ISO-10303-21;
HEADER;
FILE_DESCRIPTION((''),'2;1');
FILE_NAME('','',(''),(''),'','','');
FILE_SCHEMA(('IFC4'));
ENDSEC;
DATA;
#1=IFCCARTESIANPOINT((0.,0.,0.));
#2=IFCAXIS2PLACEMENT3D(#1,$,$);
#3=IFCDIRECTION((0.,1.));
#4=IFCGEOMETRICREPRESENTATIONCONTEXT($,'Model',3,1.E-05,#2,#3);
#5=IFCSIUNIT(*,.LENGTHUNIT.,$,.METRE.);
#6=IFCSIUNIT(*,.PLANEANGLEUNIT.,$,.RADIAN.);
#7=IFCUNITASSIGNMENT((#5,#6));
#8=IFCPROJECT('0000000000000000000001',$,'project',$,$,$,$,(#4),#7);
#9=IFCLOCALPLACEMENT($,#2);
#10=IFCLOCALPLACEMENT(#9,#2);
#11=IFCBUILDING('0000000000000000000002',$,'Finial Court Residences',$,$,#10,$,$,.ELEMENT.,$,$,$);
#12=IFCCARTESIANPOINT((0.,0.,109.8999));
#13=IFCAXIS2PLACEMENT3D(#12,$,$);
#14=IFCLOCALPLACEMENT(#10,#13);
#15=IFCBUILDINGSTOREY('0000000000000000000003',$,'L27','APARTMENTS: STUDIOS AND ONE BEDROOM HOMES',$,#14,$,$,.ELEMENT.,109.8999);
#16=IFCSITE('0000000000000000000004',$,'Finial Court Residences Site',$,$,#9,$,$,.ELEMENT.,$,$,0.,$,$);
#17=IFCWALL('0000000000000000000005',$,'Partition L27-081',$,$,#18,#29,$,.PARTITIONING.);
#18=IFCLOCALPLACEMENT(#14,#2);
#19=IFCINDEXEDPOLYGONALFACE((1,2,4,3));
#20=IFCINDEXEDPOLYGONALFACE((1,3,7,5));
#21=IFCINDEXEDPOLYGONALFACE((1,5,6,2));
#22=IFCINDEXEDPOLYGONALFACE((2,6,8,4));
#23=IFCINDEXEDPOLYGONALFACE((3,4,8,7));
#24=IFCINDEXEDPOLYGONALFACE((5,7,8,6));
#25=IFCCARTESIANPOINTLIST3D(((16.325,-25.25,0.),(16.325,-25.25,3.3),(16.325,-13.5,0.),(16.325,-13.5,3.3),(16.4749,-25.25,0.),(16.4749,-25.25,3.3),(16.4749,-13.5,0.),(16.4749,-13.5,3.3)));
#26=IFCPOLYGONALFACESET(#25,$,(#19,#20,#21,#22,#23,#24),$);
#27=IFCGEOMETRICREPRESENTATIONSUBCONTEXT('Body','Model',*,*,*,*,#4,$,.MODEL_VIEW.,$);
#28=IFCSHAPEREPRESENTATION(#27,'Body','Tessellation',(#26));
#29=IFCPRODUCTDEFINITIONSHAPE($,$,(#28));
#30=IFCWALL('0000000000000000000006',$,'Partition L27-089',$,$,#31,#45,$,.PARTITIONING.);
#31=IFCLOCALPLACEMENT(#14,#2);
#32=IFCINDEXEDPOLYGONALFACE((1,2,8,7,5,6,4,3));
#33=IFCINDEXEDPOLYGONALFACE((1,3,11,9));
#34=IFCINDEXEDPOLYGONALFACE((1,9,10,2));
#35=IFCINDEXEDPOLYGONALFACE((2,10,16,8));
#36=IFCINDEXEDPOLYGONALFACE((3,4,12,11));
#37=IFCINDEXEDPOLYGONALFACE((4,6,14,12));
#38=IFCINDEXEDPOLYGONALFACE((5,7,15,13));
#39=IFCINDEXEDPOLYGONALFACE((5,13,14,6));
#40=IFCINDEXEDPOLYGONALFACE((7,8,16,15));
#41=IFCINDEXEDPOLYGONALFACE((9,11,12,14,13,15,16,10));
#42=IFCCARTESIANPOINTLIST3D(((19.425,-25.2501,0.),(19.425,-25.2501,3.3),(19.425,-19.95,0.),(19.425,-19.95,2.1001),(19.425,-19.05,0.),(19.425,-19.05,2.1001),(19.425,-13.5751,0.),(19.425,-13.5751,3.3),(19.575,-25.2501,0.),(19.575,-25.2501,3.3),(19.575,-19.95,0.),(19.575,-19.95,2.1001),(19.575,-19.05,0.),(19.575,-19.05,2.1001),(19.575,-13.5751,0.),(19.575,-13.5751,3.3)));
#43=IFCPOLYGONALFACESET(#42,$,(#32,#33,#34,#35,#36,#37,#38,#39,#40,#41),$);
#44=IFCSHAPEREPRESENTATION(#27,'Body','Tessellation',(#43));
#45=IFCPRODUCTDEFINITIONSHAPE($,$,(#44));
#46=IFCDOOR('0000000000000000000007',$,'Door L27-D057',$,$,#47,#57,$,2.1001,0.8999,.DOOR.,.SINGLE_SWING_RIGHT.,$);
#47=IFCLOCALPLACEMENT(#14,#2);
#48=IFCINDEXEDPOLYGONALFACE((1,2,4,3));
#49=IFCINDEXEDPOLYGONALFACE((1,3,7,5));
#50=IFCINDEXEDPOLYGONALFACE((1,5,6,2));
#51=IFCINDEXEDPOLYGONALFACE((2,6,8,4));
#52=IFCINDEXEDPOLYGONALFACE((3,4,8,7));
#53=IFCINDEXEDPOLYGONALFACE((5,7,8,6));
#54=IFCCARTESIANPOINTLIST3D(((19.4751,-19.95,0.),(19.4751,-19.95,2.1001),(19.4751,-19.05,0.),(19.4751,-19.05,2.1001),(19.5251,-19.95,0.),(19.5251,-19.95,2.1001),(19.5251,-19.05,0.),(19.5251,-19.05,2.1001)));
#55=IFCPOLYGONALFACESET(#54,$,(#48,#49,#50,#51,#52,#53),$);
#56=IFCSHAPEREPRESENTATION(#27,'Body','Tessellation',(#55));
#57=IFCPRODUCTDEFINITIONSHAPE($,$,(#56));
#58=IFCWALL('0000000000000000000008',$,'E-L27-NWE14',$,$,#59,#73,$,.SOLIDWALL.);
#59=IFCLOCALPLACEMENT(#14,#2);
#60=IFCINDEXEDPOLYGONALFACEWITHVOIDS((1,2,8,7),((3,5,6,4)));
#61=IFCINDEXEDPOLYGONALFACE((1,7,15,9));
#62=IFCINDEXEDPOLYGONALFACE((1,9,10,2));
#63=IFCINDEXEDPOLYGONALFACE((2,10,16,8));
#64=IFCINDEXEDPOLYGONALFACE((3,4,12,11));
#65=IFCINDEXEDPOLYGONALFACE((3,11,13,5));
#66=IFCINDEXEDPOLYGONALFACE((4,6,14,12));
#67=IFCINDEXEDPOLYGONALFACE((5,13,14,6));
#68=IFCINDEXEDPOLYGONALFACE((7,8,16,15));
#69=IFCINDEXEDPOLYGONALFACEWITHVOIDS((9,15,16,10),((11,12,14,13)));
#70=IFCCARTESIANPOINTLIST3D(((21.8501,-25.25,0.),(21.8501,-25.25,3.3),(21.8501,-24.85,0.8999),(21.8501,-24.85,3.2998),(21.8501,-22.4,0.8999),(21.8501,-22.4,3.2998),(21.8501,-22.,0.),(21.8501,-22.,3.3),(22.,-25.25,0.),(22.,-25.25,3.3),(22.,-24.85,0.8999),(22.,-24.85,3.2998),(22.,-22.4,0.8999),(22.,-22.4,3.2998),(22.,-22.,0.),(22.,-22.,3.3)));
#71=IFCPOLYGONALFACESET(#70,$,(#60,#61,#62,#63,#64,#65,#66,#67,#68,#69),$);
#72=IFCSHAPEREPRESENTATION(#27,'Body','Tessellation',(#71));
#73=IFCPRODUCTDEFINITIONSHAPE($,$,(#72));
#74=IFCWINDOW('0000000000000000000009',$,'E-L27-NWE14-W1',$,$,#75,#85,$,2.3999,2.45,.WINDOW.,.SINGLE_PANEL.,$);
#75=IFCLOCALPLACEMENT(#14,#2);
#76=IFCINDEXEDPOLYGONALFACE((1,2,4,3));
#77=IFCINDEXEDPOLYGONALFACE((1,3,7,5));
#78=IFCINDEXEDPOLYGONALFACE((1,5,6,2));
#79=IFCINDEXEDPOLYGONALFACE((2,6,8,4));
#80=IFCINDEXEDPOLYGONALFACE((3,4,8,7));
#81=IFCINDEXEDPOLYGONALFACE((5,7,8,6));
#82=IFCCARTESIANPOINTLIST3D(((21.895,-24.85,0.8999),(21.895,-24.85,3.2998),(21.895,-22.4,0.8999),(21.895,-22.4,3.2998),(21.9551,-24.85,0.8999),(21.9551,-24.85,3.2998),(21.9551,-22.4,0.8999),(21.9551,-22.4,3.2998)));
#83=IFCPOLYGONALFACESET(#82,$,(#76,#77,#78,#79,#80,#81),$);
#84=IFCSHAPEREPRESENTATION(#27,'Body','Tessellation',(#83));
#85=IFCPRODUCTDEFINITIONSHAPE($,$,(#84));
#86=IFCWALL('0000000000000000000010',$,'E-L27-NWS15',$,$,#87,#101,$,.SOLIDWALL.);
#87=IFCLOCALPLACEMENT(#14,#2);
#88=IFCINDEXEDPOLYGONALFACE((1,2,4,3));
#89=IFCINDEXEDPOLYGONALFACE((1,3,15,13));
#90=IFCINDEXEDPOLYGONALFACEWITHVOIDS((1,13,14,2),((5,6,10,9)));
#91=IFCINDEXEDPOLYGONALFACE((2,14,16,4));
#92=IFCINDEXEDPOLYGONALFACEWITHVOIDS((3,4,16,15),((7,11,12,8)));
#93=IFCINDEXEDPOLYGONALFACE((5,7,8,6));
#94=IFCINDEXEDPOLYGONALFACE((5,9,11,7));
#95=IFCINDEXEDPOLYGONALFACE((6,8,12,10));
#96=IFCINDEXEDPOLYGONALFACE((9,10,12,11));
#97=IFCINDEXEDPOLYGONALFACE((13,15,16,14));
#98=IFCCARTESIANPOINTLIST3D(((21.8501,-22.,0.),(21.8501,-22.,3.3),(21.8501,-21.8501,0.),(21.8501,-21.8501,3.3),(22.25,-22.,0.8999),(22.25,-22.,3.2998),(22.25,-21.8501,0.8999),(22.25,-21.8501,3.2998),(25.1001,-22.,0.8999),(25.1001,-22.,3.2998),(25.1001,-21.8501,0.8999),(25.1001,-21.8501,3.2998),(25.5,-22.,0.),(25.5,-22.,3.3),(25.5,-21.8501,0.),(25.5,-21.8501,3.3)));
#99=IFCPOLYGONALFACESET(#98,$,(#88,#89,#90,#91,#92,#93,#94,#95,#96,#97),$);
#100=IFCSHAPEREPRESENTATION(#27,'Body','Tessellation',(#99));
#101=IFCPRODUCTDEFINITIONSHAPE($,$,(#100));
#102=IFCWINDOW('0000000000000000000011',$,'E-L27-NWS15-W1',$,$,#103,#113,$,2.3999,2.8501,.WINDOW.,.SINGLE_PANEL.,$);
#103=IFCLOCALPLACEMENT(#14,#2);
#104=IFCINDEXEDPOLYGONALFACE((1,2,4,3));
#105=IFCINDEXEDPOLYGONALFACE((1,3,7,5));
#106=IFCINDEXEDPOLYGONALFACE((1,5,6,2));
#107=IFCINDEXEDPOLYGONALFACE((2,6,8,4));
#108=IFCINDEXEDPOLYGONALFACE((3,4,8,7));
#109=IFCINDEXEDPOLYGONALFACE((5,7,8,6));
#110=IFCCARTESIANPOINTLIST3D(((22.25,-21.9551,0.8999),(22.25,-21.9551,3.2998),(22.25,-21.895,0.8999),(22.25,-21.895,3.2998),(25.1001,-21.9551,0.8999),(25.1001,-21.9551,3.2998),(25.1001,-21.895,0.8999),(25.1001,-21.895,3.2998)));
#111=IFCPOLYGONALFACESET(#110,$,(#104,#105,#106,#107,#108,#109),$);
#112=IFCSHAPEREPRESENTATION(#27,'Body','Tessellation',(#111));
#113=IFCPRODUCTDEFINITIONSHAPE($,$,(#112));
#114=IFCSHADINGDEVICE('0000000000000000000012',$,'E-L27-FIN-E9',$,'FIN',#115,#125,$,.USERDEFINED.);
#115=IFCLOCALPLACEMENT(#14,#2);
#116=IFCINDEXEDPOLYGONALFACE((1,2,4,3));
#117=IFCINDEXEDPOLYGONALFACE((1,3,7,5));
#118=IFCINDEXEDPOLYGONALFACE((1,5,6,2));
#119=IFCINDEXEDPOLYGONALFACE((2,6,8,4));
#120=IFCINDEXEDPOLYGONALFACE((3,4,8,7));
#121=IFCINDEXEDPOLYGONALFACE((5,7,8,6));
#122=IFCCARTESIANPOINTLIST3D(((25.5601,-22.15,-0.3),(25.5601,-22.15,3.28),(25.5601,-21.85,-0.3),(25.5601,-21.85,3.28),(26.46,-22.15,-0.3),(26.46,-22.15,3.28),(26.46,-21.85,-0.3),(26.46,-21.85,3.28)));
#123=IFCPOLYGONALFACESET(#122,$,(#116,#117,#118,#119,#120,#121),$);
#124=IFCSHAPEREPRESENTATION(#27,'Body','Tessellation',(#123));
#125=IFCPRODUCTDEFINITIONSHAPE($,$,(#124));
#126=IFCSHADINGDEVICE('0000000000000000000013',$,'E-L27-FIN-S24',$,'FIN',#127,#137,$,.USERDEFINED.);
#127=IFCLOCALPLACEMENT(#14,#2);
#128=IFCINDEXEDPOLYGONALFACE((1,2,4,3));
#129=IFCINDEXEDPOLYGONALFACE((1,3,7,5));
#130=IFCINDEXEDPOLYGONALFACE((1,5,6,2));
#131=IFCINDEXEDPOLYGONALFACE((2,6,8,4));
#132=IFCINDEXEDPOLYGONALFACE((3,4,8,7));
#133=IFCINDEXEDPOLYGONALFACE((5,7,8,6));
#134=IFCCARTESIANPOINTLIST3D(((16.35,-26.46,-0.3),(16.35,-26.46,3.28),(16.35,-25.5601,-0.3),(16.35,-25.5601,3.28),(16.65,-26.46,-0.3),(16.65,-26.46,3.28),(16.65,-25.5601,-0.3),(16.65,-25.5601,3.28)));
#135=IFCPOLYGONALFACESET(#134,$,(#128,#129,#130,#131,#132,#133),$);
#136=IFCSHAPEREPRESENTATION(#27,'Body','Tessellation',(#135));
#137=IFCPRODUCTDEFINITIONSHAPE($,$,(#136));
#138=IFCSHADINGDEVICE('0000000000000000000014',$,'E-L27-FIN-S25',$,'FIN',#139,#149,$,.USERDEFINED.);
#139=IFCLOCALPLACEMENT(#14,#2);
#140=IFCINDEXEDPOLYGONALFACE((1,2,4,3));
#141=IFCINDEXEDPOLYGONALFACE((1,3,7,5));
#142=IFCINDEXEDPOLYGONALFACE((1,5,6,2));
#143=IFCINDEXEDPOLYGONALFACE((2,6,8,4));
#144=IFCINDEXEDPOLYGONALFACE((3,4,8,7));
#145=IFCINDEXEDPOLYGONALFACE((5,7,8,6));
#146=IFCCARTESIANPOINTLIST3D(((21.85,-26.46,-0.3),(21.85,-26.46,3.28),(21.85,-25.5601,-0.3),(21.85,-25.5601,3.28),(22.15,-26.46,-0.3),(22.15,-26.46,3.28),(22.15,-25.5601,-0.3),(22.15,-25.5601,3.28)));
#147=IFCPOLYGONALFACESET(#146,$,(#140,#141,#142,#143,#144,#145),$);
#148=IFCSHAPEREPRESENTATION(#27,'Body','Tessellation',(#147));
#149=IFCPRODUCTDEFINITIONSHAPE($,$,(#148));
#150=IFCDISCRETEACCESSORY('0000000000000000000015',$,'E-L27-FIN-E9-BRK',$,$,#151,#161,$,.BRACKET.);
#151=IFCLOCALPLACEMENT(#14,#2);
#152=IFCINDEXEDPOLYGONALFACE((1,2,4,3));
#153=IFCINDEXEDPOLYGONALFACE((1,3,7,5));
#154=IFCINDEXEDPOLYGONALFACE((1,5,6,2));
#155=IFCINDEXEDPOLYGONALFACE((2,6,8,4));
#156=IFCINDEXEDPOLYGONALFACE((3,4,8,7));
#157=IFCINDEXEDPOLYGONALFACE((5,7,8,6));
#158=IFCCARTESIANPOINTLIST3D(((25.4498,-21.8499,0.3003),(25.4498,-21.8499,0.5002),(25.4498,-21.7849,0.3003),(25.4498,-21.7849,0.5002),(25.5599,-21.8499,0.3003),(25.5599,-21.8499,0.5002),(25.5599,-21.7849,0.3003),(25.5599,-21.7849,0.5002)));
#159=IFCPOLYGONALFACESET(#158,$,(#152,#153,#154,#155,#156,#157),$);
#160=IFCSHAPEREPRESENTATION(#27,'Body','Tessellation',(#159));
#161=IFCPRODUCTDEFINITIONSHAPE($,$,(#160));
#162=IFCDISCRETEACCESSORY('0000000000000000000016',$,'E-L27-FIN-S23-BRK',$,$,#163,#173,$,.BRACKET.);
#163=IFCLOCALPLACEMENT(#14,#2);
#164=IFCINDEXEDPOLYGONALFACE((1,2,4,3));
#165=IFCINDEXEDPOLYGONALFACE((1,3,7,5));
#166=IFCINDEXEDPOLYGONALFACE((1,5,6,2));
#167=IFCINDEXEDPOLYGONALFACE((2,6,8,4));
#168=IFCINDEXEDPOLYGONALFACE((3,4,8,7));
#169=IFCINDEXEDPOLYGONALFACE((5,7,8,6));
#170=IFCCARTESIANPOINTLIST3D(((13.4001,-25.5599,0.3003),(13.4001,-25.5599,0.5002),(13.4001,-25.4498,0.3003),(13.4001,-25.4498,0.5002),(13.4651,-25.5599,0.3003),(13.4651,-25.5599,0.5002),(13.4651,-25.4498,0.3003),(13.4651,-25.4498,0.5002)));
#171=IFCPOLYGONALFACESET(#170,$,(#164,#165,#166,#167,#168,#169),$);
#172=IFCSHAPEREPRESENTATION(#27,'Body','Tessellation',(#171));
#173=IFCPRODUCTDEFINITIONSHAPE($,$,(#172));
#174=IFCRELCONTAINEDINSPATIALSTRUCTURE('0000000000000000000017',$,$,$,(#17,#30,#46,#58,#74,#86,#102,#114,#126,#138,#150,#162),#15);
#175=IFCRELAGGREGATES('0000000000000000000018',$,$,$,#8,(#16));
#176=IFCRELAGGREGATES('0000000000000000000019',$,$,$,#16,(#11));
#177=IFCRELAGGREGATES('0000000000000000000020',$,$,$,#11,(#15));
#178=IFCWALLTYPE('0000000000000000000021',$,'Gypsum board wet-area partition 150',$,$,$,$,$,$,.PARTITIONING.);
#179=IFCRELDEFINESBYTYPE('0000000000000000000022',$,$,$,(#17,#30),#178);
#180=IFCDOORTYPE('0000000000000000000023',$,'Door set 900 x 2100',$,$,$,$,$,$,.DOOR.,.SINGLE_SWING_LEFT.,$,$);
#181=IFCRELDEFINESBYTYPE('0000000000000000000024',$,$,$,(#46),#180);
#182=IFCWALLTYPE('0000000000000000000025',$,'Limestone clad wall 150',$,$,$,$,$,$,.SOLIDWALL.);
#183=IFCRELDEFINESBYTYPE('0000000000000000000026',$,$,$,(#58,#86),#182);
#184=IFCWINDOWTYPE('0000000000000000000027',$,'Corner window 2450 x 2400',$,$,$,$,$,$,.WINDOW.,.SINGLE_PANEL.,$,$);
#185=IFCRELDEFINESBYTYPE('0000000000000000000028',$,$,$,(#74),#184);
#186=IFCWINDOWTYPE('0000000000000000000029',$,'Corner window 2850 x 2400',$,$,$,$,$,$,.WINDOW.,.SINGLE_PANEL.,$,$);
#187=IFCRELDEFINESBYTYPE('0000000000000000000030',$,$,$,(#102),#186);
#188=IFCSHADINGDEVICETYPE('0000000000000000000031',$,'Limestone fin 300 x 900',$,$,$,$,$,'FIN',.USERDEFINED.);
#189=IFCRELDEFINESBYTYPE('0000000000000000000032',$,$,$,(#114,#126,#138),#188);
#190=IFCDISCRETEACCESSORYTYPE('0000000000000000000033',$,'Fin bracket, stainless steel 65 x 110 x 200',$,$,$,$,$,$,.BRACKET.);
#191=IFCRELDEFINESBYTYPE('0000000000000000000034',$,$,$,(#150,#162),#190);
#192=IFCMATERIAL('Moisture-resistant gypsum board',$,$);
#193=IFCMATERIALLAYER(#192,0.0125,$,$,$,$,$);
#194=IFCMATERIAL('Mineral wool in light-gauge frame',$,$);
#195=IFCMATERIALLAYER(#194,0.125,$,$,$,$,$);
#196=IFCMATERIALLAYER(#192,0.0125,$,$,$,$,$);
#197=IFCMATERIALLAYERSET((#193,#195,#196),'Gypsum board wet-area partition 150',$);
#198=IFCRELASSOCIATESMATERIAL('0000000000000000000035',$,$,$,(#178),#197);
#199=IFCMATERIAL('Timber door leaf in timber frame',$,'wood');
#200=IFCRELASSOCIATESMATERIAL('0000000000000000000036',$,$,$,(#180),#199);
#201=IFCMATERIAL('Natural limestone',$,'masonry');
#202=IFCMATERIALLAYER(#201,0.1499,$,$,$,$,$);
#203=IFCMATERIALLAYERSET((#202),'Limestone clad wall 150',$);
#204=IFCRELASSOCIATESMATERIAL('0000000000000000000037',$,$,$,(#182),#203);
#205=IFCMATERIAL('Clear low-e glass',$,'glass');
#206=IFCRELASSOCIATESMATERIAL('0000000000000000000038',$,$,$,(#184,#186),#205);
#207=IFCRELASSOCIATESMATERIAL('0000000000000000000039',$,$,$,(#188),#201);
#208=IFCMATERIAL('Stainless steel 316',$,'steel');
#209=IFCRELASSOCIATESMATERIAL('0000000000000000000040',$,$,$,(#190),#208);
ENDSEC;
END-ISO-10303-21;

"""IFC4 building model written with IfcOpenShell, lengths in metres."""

from ifc_helpers import new_model, si_unit, direction, frame, frame_2d, origin, origin_2d, place, context, subcontext, project, spatial, rectangle, extrude, material, layer, layer_set, type_object, element, fill, save


model = new_model("IFC4")

# Units and contexts
model_context = context("Model", 3, precision=1e-05, world=origin(), true_north=direction((0.0, 1.0)))
body_context = subcontext(model_context, "Body", "Model", "MODEL_VIEW")
ifc_project = project(units=[si_unit("LENGTHUNIT", "METRE"), si_unit("PLANEANGLEUNIT", "RADIAN")], contexts=[model_context])

# Site, building, storey
site_placement = place(None, origin())
site = spatial("IfcSite", under=ifc_project, at=site_placement, Name="Finial Court Residences Site", CompositionType="ELEMENT", RefElevation=0.0)
building_placement = place(site_placement, origin())
building = spatial("IfcBuilding", under=site, at=building_placement, Name="Finial Court Residences", CompositionType="ELEMENT")
storey_placement = place(building_placement, frame((0.0, 0.0, 109.8999)))
storey = spatial("IfcBuildingStorey", under=building, at=storey_placement, Name="L27", Description="APARTMENTS: STUDIOS AND ONE BEDROOM HOMES", CompositionType="ELEMENT", Elevation=109.8999)

# Shared definitions
ifc_material_1 = material(Name="Clear low-e glass", Category="glass")

# Shared definitions
ifc_material_2 = material(Name="Moisture-resistant gypsum board")
ifc_layer_1 = layer(ifc_material_2, 0.0125)
ifc_material_3 = material(Name="Mineral wool in light-gauge frame")
ifc_layer_2 = layer(ifc_material_3, 0.125)
ifc_layer_3 = layer(ifc_material_2, 0.0125)
ifc_layer_set_1 = layer_set([ifc_layer_1, ifc_layer_2, ifc_layer_3], Name="Gypsum board wet-area partition 150")
wall_type_1 = type_object("IfcWallType", Name="Gypsum board wet-area partition 150", PredefinedType="PARTITIONING", material=ifc_layer_set_1)
ifc_material_4 = material(Name="Timber door leaf in timber frame", Category="wood")
door_type = type_object("IfcDoorType", Name="Door set 900 x 2100", OperationType="SINGLE_SWING_LEFT", PredefinedType="DOOR", material=ifc_material_4)

# Wall
wall_1_placement = place(storey_placement, frame((16.3999, -25.25, 0.0), z_axis=(0.0, 0.0, 1.0), x_axis=(0.0, 1.0, 0.0)))
element("IfcWall", 1, at=wall_1_placement, inside=storey, type_object=wall_type_1, Name="Partition L27-081", PredefinedType="PARTITIONING", context=body_context, shape_type="SweptSolid", body=[
    extrude(rectangle(XDim=11.75, YDim=0.1499, at=frame_2d((5.875, 0.0))), origin(), (0.0, 0.0, 1.0), 3.3),
])

# Wall, opening, door
wall_2_placement = place(storey_placement, frame((19.5, -25.25, 0.0), z_axis=(0.0, 0.0, 1.0), x_axis=(0.0, 1.0, 0.0)))
wall_2 = element("IfcWall", 2, at=wall_2_placement, inside=storey, type_object=wall_type_1, Name="Partition L27-089", PredefinedType="PARTITIONING", context=body_context, shape_type="SweptSolid", body=[
    extrude(rectangle(XDim=11.675, YDim=0.1499, at=frame_2d((5.8374, 0.0))), origin(), (0.0, 0.0, 1.0), 3.3),
])
opening_1_placement = place(wall_2_placement, frame((5.3, 0.0, 0.0)))
opening_1 = element("IfcOpeningElement", 3, at=opening_1_placement, cuts=wall_2, PredefinedType="OPENING", context=body_context, shape_type="SweptSolid", body=[
    extrude(rectangle(XDim=0.8999, YDim=2.1001, at=frame_2d((0.45, 1.05))), frame((0.0, 0.085, 0.0), z_axis=(0.0, -1.0, 0.0), x_axis=(1.0, 0.0, 0.0)), (0.0, 0.0, 1.0), 0.1699),
])
door_1_placement = place(opening_1_placement, origin())
door_1 = element("IfcDoor", 4, at=door_1_placement, inside=storey, type_object=door_type, Name="Door L27-D057", OperationType="SINGLE_SWING_RIGHT", OverallHeight=2.1001, OverallWidth=0.8999, PredefinedType="DOOR", context=body_context, shape_type="SweptSolid", body=[
    extrude(rectangle(XDim=0.8999, YDim=2.1001, at=frame_2d((0.45, 1.05))), frame((0.0, 0.0249, 0.0), z_axis=(0.0, -1.0, 0.0), x_axis=(1.0, 0.0, 0.0)), (0.0, 0.0, 1.0), 0.05),
])
fill(opening_1, door_1)

# Walls, openings, windows
ifc_material_5 = material(Name="Natural limestone", Category="masonry")
ifc_layer_4 = layer(ifc_material_5, 0.1499)
ifc_layer_set_2 = layer_set([ifc_layer_4], Name="Limestone clad wall 150")
wall_type_2 = type_object("IfcWallType", Name="Limestone clad wall 150", PredefinedType="SOLIDWALL", material=ifc_layer_set_2)
wall_3_placement = place(storey_placement, frame((21.925, -22.0, 0.0), z_axis=(0.0, 0.0, 1.0), x_axis=(0.0, -1.0, 0.0)))
wall_3 = element("IfcWall", 5, at=wall_3_placement, inside=storey, type_object=wall_type_2, Name="E-L27-NWE14", PredefinedType="SOLIDWALL", context=body_context, shape_type="SweptSolid", body=[
    extrude(rectangle(XDim=3.25, YDim=0.1499, at=frame_2d((1.625, 0.0))), origin(), (0.0, 0.0, 1.0), 3.3),
])
opening_2_placement = place(wall_3_placement, frame((0.3999, 0.0, 0.8999)))
opening_2 = element("IfcOpeningElement", 6, at=opening_2_placement, cuts=wall_3, PredefinedType="OPENING", context=body_context, shape_type="SweptSolid", body=[
    extrude(rectangle(XDim=2.45, YDim=2.3999, at=frame_2d((1.2251, 1.2))), frame((0.0, 0.085, 0.0), z_axis=(0.0, -1.0, 0.0), x_axis=(1.0, 0.0, 0.0)), (0.0, 0.0, 1.0), 0.1699),
])
window_type_1 = type_object("IfcWindowType", Name="Corner window 2450 x 2400", PartitioningType="SINGLE_PANEL", PredefinedType="WINDOW", material=ifc_material_1)
window_1_placement = place(opening_2_placement, origin())
window_1 = element("IfcWindow", 7, at=window_1_placement, inside=storey, type_object=window_type_1, Name="E-L27-NWE14-W1", OverallHeight=2.3999, OverallWidth=2.45, PartitioningType="SINGLE_PANEL", PredefinedType="WINDOW", context=body_context, shape_type="SweptSolid", body=[
    extrude(rectangle(XDim=2.45, YDim=2.3999, at=frame_2d((1.2251, 1.2))), frame((0.0, 0.03, 0.0), z_axis=(0.0, -1.0, 0.0), x_axis=(1.0, 0.0, 0.0)), (0.0, 0.0, 1.0), 0.0601),
])
fill(opening_2, window_1)
wall_4_placement = place(storey_placement, frame((25.5, -21.925, 0.0), z_axis=(0.0, 0.0, 1.0), x_axis=(-1.0, 0.0, 0.0)))
wall_4 = element("IfcWall", 8, at=wall_4_placement, inside=storey, type_object=wall_type_2, Name="E-L27-NWS15", PredefinedType="SOLIDWALL", context=body_context, shape_type="SweptSolid", body=[
    extrude(rectangle(XDim=3.6499, YDim=0.1499, at=frame_2d((1.825, 0.0))), origin(), (0.0, 0.0, 1.0), 3.3),
])
opening_3_placement = place(wall_4_placement, frame((0.3999, 0.0, 0.8999)))
opening_3 = element("IfcOpeningElement", 9, at=opening_3_placement, cuts=wall_4, PredefinedType="OPENING", context=body_context, shape_type="SweptSolid", body=[
    extrude(rectangle(XDim=2.8501, YDim=2.3999, at=frame_2d((1.425, 1.2))), frame((0.0, 0.085, 0.0), z_axis=(0.0, -1.0, 0.0), x_axis=(1.0, 0.0, 0.0)), (0.0, 0.0, 1.0), 0.1699),
])
window_type_2 = type_object("IfcWindowType", Name="Corner window 2850 x 2400", PartitioningType="SINGLE_PANEL", PredefinedType="WINDOW", material=ifc_material_1)
window_2_placement = place(opening_3_placement, origin())
window_2 = element("IfcWindow", 10, at=window_2_placement, inside=storey, type_object=window_type_2, Name="E-L27-NWS15-W1", OverallHeight=2.3999, OverallWidth=2.8501, PartitioningType="SINGLE_PANEL", PredefinedType="WINDOW", context=body_context, shape_type="SweptSolid", body=[
    extrude(rectangle(XDim=2.8501, YDim=2.3999, at=frame_2d((1.425, 1.2))), frame((0.0, 0.03, 0.0), z_axis=(0.0, -1.0, 0.0), x_axis=(1.0, 0.0, 0.0)), (0.0, 0.0, 1.0), 0.0601),
])
fill(opening_3, window_2)

# Shading devices
shading_device_type = type_object("IfcShadingDeviceType", Name="Limestone fin 300 x 900", ElementType="FIN", PredefinedType="USERDEFINED", material=ifc_material_5)
shading_device_placement = place(storey_placement, frame((26.01, -22.0, -0.3), z_axis=(0.0, 0.0, 1.0), x_axis=(1.0, 0.0, 0.0)))
element("IfcShadingDevice", 11, at=shading_device_placement, inside=storey, type_object=shading_device_type, Name="E-L27-FIN-E9", ObjectType="FIN", PredefinedType="USERDEFINED", context=body_context, shape_type="SweptSolid", body=[
    extrude(rectangle(XDim=0.8999, YDim=0.3, at=origin_2d()), origin(), (0.0, 0.0, 1.0), 3.5801),
])
for number, where, z_axis, x_axis, name in (
    (12, (16.5, -26.01, -0.3), (0.0, 0.0, 1.0), (1.0, 0.0, 0.0), "E-L27-FIN-S24"),
    (13, (22.0, -26.01, -0.3), (0.0, 0.0, 1.0), (1.0, 0.0, 0.0), "E-L27-FIN-S25"),
):
    element("IfcShadingDevice", number, at=place(storey_placement, frame(where, z_axis=z_axis, x_axis=x_axis)), inside=storey, type_object=shading_device_type, Name=name, ObjectType="FIN", PredefinedType="USERDEFINED", context=body_context, shape_type="SweptSolid", body=[
        extrude(rectangle(XDim=0.3, YDim=0.8999, at=origin_2d()), origin(), (0.0, 0.0, 1.0), 3.5801),
    ])

# Discrete accessories
ifc_material_6 = material(Name="Stainless steel 316", Category="steel")
discrete_accessory_type = type_object("IfcDiscreteAccessoryType", Name="Fin bracket, stainless steel 65 x 110 x 200", PredefinedType="BRACKET", material=ifc_material_6)
discrete_accessory_placement = place(storey_placement, frame((25.5049, -21.8174, 0.3003), z_axis=(0.0, 0.0, 1.0), x_axis=(1.0, 0.0, 0.0)))
element("IfcDiscreteAccessory", 14, at=discrete_accessory_placement, inside=storey, type_object=discrete_accessory_type, Name="E-L27-FIN-E9-BRK", PredefinedType="BRACKET", context=body_context, shape_type="SweptSolid", body=[
    extrude(rectangle(XDim=0.1101, YDim=0.0649, at=origin_2d()), origin(), (0.0, 0.0, 1.0), 0.2),
])
for number, where, z_axis, x_axis, name in (
    (15, (13.4326, -25.5049, 0.3003), (0.0, 0.0, 1.0), (1.0, 0.0, 0.0), "E-L27-FIN-S23-BRK"),
):
    element("IfcDiscreteAccessory", number, at=place(storey_placement, frame(where, z_axis=z_axis, x_axis=x_axis)), inside=storey, type_object=discrete_accessory_type, Name=name, PredefinedType="BRACKET", context=body_context, shape_type="SweptSolid", body=[
        extrude(rectangle(XDim=0.0649, YDim=0.1101, at=origin_2d()), origin(), (0.0, 0.0, 1.0), 0.2),
    ])

save(model, "model.ifc")
